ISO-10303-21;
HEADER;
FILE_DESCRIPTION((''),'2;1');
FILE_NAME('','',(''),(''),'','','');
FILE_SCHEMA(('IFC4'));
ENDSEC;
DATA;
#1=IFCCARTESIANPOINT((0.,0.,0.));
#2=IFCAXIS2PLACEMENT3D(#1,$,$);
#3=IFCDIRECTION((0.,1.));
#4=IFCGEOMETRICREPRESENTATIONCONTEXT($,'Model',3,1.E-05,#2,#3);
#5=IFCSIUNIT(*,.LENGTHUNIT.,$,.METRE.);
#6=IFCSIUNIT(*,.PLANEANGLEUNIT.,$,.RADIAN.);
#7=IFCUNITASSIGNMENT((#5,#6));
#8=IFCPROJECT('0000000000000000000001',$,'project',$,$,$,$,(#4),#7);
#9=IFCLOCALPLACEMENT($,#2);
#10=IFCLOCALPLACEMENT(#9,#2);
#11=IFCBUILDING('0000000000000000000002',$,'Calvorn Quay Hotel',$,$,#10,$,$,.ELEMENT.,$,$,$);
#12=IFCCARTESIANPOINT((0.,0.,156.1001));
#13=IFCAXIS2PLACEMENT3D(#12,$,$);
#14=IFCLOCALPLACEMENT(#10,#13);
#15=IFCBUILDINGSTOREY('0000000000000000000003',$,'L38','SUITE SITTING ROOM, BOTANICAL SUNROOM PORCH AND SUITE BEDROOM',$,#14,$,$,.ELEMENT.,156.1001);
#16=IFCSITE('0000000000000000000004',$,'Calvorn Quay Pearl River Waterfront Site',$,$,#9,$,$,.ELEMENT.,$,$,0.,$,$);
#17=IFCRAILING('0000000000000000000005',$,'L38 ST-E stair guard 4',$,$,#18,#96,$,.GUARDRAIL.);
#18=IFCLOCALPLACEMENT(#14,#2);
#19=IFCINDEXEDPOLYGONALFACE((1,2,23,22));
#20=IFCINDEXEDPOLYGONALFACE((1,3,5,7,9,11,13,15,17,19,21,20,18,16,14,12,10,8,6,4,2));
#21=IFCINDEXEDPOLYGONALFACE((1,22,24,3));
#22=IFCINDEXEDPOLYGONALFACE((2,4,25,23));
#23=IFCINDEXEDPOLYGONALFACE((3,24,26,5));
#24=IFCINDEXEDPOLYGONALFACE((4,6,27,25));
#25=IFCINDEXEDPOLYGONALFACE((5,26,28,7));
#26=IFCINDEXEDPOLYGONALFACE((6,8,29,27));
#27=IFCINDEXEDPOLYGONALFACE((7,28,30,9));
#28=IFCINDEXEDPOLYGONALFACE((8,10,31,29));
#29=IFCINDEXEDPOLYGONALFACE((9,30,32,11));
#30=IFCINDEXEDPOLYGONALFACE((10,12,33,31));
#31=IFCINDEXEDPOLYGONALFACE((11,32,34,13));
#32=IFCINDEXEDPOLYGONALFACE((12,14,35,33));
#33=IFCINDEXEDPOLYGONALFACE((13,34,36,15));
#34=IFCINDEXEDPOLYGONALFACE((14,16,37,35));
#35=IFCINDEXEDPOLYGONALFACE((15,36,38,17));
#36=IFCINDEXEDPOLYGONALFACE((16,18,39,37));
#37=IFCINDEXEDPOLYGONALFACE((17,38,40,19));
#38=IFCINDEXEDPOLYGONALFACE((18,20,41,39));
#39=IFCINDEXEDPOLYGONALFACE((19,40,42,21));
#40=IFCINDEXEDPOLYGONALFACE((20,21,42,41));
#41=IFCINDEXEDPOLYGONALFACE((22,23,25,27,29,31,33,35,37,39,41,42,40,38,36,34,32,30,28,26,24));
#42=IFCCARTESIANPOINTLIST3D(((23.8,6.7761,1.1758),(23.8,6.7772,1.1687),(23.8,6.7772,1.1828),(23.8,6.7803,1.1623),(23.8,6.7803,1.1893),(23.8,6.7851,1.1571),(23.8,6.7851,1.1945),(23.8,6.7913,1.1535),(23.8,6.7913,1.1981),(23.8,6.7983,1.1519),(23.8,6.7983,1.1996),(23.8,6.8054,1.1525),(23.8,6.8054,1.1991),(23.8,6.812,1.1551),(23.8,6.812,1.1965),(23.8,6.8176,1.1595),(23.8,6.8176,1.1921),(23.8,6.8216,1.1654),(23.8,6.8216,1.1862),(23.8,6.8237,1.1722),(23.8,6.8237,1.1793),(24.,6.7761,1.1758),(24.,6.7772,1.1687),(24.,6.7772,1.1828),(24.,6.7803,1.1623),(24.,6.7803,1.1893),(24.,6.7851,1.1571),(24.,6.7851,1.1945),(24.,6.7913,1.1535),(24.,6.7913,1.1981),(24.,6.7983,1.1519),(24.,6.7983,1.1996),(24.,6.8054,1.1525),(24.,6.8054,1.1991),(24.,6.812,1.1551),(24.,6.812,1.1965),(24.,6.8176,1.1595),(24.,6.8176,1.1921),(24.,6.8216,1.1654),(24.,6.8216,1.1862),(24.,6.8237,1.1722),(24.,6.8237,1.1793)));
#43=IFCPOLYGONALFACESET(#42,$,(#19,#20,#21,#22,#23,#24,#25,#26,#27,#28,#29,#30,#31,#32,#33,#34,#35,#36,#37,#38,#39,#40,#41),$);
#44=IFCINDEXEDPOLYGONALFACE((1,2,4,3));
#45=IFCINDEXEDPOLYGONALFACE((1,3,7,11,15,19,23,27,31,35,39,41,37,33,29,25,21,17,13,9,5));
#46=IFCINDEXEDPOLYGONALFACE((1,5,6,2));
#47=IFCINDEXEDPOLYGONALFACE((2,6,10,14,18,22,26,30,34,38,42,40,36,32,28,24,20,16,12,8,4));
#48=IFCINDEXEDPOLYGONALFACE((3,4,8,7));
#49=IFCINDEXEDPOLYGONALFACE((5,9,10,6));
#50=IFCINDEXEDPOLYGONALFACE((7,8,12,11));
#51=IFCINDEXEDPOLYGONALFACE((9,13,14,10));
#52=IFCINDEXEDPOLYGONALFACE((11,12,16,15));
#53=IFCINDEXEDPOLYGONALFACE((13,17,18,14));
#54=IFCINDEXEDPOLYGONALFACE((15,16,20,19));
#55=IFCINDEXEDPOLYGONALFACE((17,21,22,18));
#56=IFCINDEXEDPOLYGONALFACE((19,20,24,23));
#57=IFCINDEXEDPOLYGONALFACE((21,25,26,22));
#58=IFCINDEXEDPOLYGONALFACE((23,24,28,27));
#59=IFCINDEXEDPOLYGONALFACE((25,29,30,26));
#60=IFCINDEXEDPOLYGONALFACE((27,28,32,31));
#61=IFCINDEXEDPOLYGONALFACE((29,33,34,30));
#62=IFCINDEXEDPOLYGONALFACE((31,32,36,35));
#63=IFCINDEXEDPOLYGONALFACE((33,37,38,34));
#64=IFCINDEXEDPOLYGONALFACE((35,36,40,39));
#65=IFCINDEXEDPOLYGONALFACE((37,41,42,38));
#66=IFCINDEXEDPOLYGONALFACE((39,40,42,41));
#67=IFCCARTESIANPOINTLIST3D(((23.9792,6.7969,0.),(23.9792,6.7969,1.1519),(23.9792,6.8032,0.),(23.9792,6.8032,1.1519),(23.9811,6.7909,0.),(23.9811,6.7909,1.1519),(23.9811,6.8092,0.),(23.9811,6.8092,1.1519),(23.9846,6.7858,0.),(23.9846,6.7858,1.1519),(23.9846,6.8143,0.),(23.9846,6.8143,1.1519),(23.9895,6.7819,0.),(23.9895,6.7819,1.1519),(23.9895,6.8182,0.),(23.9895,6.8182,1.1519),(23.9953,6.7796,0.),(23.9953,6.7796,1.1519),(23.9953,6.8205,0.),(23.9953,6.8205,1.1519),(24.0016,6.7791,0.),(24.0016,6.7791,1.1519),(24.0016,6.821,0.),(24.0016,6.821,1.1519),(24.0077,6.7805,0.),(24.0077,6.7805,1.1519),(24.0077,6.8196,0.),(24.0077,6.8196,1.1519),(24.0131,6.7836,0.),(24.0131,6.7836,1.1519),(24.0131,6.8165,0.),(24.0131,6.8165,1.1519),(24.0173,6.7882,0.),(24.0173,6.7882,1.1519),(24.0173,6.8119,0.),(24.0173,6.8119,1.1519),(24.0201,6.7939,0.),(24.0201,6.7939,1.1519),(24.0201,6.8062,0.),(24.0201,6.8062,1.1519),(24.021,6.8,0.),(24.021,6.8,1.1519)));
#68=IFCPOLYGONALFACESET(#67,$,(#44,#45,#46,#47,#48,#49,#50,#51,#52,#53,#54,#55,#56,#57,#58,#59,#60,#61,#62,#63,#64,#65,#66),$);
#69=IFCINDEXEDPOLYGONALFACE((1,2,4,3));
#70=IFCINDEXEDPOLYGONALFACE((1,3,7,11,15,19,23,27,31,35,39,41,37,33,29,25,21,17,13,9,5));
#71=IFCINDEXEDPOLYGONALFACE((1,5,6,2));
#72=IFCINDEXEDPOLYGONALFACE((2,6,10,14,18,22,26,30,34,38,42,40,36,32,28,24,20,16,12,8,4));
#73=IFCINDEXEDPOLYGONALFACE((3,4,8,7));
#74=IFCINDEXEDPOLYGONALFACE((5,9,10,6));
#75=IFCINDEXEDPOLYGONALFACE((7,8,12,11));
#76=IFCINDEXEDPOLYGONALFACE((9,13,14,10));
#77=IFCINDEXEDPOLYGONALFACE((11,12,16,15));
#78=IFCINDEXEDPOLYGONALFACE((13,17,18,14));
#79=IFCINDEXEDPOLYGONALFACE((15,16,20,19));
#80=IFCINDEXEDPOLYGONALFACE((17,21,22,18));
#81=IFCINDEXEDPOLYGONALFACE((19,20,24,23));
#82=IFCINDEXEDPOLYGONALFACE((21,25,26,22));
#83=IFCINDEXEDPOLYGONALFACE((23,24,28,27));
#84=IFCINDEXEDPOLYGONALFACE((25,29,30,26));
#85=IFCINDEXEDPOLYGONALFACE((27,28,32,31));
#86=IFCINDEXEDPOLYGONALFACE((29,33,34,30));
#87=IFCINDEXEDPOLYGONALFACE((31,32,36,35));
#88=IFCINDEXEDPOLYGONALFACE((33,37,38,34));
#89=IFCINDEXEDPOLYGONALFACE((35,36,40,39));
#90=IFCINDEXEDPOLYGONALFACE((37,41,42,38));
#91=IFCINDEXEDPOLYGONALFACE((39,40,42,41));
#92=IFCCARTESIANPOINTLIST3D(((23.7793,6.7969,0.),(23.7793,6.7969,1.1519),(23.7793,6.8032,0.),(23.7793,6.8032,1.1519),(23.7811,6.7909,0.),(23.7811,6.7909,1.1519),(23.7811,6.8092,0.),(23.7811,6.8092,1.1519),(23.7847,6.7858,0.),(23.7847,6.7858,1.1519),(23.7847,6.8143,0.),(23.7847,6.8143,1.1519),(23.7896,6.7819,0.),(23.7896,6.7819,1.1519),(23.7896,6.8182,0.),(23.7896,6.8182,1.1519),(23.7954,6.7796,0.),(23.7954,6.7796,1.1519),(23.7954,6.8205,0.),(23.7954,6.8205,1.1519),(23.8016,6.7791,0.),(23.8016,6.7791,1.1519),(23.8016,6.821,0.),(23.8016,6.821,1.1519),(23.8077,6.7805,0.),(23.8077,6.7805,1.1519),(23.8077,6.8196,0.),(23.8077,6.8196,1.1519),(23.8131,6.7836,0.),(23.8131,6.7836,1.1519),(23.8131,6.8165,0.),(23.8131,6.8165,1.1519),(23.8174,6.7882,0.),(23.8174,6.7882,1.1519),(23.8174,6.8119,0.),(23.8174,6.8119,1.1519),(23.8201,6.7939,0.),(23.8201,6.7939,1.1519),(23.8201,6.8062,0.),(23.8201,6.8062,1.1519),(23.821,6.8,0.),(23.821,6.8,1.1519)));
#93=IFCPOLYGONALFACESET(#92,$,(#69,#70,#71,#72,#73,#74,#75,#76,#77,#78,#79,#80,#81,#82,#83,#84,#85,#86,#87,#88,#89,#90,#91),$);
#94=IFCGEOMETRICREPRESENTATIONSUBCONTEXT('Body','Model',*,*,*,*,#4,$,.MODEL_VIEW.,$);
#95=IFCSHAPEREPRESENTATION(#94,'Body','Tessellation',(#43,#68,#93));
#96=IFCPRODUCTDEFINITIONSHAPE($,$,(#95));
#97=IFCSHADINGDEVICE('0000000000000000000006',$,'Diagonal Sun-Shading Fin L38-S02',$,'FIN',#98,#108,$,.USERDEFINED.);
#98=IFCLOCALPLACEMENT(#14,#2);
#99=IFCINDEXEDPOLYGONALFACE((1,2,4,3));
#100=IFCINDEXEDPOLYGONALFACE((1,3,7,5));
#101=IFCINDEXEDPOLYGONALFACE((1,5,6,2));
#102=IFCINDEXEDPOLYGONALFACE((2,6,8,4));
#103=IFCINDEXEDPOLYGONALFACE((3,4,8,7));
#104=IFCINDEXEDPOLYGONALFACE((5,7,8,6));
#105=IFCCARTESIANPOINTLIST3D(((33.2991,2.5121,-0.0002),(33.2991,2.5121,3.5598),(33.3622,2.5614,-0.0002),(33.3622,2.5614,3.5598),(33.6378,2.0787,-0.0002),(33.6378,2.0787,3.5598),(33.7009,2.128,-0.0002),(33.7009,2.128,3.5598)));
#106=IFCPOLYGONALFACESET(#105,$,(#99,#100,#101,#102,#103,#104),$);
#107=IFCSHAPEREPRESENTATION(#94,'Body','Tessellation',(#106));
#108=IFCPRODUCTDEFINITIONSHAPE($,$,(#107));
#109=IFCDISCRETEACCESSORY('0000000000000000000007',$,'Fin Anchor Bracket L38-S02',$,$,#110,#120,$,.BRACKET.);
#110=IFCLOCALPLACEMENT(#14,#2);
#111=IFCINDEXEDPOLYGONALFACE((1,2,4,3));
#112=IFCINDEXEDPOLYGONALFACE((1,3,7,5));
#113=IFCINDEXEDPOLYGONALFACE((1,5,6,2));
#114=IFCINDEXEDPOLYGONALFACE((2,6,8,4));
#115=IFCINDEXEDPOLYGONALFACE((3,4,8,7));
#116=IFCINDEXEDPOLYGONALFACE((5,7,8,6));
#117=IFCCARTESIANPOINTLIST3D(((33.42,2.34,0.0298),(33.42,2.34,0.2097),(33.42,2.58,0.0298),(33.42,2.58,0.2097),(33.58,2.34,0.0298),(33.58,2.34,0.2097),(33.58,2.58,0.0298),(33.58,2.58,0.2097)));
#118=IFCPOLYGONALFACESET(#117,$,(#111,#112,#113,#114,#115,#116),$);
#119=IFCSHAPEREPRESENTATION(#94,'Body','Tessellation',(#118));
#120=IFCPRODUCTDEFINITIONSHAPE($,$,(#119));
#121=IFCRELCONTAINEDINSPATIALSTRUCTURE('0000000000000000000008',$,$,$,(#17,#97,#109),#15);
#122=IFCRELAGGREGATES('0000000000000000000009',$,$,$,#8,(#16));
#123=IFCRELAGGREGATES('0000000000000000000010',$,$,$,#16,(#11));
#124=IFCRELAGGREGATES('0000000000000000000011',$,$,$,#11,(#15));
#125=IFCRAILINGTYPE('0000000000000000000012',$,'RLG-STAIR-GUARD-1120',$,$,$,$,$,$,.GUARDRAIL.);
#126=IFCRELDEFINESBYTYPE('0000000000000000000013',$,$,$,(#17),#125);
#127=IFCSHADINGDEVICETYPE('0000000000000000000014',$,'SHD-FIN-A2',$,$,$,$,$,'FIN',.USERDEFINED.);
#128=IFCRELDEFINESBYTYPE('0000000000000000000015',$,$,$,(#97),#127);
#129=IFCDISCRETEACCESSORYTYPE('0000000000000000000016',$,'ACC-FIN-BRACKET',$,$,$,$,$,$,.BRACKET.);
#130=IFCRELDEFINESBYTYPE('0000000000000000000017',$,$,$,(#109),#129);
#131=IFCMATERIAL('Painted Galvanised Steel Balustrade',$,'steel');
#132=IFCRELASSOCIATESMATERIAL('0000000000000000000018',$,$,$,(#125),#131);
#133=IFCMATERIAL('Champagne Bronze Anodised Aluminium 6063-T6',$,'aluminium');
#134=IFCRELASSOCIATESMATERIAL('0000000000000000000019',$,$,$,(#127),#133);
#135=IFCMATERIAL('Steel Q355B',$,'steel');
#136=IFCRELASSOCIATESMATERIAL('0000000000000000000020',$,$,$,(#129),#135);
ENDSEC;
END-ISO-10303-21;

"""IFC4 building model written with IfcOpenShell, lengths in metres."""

from ifc_helpers import new_model, si_unit, direction, frame, origin, origin_2d, place, context, subcontext, project, spatial, rectangle, circle, extrude, material, type_object, element, save


model = new_model("IFC4")

# Units and contexts
model_context = context("Model", 3, precision=1e-05, world=origin(), true_north=direction((0.0, 1.0)))
body_context = subcontext(model_context, "Body", "Model", "MODEL_VIEW")
ifc_project = project(units=[si_unit("LENGTHUNIT", "METRE"), si_unit("PLANEANGLEUNIT", "RADIAN")], contexts=[model_context])

# Site, building, storey
site_placement = place(None, origin())
site = spatial("IfcSite", under=ifc_project, at=site_placement, Name="Calvorn Quay Pearl River Waterfront Site", CompositionType="ELEMENT", RefElevation=0.0)
building_placement = place(site_placement, origin())
building = spatial("IfcBuilding", under=site, at=building_placement, Name="Calvorn Quay Hotel", CompositionType="ELEMENT")
storey_placement = place(building_placement, frame((0.0, 0.0, 156.1001)))
storey = spatial("IfcBuildingStorey", under=building, at=storey_placement, Name="L38", Description="SUITE SITTING ROOM, BOTANICAL SUNROOM PORCH AND SUITE BEDROOM", CompositionType="ELEMENT", Elevation=156.1001)

# Railing
ifc_material_1 = material(Name="Painted Galvanised Steel Balustrade", Category="steel")
railing_type_1 = type_object("IfcRailingType", Name="RLG-STAIR-GUARD-1120", PredefinedType="GUARDRAIL", material=ifc_material_1)
railing_1_placement = place(storey_placement, frame((24.0, 6.8, 0.0)))
element("IfcRailing", 1, at=railing_1_placement, inside=storey, type_object=railing_type_1, Name="L38 ST-E stair guard 4", PredefinedType="GUARDRAIL", context=body_context, shape_type="SweptSolid", body=[
    extrude(circle(Radius=0.0239, at=origin_2d()), frame((0.0, 0.0, 1.1758), z_axis=(-1.0, 0.0, 0.0), x_axis=(0.0, -1.0, 0.0)), (0.0, 0.0, 1.0), 0.2),
    extrude(circle(Radius=0.021, at=origin_2d()), origin(), (0.0, 0.0, 1.0), 1.1519),
    extrude(circle(Radius=0.021, at=origin_2d()), frame((-0.2, 0.0, 0.0)), (0.0, 0.0, 1.0), 1.1519),
])

# Shading device
ifc_material_2 = material(Name="Champagne Bronze Anodised Aluminium 6063-T6", Category="aluminium")
shading_device_type = type_object("IfcShadingDeviceType", Name="SHD-FIN-A2", ElementType="FIN", PredefinedType="USERDEFINED", material=ifc_material_2)
shading_device_placement = place(storey_placement, frame((33.5, 2.3201, -0.0002), z_axis=(0.0, 0.0, 1.0), x_axis=(-0.615661, 0.788011, 0.0)))
element("IfcShadingDevice", 2, at=shading_device_placement, inside=storey, type_object=shading_device_type, Name="Diagonal Sun-Shading Fin L38-S02", ObjectType="FIN", PredefinedType="USERDEFINED", context=body_context, shape_type="SweptSolid", body=[
    extrude(rectangle(XDim=0.55, YDim=0.0801, at=origin_2d()), origin(), (0.0, 0.0, 1.0), 3.5601),
])

# Discrete accessory
ifc_material_3 = material(Name="Steel Q355B", Category="steel")
discrete_accessory_type = type_object("IfcDiscreteAccessoryType", Name="ACC-FIN-BRACKET", PredefinedType="BRACKET", material=ifc_material_3)
discrete_accessory_placement = place(storey_placement, frame((33.5, 2.46, 0.0298), z_axis=(0.0, 0.0, 1.0), x_axis=(0.0, 1.0, 0.0)))
element("IfcDiscreteAccessory", 3, at=discrete_accessory_placement, inside=storey, type_object=discrete_accessory_type, Name="Fin Anchor Bracket L38-S02", PredefinedType="BRACKET", context=body_context, shape_type="SweptSolid", body=[
    extrude(rectangle(XDim=0.24, YDim=0.1599, at=origin_2d()), origin(), (0.0, 0.0, 1.0), 0.1799),
])

save(model, "model.ifc")
